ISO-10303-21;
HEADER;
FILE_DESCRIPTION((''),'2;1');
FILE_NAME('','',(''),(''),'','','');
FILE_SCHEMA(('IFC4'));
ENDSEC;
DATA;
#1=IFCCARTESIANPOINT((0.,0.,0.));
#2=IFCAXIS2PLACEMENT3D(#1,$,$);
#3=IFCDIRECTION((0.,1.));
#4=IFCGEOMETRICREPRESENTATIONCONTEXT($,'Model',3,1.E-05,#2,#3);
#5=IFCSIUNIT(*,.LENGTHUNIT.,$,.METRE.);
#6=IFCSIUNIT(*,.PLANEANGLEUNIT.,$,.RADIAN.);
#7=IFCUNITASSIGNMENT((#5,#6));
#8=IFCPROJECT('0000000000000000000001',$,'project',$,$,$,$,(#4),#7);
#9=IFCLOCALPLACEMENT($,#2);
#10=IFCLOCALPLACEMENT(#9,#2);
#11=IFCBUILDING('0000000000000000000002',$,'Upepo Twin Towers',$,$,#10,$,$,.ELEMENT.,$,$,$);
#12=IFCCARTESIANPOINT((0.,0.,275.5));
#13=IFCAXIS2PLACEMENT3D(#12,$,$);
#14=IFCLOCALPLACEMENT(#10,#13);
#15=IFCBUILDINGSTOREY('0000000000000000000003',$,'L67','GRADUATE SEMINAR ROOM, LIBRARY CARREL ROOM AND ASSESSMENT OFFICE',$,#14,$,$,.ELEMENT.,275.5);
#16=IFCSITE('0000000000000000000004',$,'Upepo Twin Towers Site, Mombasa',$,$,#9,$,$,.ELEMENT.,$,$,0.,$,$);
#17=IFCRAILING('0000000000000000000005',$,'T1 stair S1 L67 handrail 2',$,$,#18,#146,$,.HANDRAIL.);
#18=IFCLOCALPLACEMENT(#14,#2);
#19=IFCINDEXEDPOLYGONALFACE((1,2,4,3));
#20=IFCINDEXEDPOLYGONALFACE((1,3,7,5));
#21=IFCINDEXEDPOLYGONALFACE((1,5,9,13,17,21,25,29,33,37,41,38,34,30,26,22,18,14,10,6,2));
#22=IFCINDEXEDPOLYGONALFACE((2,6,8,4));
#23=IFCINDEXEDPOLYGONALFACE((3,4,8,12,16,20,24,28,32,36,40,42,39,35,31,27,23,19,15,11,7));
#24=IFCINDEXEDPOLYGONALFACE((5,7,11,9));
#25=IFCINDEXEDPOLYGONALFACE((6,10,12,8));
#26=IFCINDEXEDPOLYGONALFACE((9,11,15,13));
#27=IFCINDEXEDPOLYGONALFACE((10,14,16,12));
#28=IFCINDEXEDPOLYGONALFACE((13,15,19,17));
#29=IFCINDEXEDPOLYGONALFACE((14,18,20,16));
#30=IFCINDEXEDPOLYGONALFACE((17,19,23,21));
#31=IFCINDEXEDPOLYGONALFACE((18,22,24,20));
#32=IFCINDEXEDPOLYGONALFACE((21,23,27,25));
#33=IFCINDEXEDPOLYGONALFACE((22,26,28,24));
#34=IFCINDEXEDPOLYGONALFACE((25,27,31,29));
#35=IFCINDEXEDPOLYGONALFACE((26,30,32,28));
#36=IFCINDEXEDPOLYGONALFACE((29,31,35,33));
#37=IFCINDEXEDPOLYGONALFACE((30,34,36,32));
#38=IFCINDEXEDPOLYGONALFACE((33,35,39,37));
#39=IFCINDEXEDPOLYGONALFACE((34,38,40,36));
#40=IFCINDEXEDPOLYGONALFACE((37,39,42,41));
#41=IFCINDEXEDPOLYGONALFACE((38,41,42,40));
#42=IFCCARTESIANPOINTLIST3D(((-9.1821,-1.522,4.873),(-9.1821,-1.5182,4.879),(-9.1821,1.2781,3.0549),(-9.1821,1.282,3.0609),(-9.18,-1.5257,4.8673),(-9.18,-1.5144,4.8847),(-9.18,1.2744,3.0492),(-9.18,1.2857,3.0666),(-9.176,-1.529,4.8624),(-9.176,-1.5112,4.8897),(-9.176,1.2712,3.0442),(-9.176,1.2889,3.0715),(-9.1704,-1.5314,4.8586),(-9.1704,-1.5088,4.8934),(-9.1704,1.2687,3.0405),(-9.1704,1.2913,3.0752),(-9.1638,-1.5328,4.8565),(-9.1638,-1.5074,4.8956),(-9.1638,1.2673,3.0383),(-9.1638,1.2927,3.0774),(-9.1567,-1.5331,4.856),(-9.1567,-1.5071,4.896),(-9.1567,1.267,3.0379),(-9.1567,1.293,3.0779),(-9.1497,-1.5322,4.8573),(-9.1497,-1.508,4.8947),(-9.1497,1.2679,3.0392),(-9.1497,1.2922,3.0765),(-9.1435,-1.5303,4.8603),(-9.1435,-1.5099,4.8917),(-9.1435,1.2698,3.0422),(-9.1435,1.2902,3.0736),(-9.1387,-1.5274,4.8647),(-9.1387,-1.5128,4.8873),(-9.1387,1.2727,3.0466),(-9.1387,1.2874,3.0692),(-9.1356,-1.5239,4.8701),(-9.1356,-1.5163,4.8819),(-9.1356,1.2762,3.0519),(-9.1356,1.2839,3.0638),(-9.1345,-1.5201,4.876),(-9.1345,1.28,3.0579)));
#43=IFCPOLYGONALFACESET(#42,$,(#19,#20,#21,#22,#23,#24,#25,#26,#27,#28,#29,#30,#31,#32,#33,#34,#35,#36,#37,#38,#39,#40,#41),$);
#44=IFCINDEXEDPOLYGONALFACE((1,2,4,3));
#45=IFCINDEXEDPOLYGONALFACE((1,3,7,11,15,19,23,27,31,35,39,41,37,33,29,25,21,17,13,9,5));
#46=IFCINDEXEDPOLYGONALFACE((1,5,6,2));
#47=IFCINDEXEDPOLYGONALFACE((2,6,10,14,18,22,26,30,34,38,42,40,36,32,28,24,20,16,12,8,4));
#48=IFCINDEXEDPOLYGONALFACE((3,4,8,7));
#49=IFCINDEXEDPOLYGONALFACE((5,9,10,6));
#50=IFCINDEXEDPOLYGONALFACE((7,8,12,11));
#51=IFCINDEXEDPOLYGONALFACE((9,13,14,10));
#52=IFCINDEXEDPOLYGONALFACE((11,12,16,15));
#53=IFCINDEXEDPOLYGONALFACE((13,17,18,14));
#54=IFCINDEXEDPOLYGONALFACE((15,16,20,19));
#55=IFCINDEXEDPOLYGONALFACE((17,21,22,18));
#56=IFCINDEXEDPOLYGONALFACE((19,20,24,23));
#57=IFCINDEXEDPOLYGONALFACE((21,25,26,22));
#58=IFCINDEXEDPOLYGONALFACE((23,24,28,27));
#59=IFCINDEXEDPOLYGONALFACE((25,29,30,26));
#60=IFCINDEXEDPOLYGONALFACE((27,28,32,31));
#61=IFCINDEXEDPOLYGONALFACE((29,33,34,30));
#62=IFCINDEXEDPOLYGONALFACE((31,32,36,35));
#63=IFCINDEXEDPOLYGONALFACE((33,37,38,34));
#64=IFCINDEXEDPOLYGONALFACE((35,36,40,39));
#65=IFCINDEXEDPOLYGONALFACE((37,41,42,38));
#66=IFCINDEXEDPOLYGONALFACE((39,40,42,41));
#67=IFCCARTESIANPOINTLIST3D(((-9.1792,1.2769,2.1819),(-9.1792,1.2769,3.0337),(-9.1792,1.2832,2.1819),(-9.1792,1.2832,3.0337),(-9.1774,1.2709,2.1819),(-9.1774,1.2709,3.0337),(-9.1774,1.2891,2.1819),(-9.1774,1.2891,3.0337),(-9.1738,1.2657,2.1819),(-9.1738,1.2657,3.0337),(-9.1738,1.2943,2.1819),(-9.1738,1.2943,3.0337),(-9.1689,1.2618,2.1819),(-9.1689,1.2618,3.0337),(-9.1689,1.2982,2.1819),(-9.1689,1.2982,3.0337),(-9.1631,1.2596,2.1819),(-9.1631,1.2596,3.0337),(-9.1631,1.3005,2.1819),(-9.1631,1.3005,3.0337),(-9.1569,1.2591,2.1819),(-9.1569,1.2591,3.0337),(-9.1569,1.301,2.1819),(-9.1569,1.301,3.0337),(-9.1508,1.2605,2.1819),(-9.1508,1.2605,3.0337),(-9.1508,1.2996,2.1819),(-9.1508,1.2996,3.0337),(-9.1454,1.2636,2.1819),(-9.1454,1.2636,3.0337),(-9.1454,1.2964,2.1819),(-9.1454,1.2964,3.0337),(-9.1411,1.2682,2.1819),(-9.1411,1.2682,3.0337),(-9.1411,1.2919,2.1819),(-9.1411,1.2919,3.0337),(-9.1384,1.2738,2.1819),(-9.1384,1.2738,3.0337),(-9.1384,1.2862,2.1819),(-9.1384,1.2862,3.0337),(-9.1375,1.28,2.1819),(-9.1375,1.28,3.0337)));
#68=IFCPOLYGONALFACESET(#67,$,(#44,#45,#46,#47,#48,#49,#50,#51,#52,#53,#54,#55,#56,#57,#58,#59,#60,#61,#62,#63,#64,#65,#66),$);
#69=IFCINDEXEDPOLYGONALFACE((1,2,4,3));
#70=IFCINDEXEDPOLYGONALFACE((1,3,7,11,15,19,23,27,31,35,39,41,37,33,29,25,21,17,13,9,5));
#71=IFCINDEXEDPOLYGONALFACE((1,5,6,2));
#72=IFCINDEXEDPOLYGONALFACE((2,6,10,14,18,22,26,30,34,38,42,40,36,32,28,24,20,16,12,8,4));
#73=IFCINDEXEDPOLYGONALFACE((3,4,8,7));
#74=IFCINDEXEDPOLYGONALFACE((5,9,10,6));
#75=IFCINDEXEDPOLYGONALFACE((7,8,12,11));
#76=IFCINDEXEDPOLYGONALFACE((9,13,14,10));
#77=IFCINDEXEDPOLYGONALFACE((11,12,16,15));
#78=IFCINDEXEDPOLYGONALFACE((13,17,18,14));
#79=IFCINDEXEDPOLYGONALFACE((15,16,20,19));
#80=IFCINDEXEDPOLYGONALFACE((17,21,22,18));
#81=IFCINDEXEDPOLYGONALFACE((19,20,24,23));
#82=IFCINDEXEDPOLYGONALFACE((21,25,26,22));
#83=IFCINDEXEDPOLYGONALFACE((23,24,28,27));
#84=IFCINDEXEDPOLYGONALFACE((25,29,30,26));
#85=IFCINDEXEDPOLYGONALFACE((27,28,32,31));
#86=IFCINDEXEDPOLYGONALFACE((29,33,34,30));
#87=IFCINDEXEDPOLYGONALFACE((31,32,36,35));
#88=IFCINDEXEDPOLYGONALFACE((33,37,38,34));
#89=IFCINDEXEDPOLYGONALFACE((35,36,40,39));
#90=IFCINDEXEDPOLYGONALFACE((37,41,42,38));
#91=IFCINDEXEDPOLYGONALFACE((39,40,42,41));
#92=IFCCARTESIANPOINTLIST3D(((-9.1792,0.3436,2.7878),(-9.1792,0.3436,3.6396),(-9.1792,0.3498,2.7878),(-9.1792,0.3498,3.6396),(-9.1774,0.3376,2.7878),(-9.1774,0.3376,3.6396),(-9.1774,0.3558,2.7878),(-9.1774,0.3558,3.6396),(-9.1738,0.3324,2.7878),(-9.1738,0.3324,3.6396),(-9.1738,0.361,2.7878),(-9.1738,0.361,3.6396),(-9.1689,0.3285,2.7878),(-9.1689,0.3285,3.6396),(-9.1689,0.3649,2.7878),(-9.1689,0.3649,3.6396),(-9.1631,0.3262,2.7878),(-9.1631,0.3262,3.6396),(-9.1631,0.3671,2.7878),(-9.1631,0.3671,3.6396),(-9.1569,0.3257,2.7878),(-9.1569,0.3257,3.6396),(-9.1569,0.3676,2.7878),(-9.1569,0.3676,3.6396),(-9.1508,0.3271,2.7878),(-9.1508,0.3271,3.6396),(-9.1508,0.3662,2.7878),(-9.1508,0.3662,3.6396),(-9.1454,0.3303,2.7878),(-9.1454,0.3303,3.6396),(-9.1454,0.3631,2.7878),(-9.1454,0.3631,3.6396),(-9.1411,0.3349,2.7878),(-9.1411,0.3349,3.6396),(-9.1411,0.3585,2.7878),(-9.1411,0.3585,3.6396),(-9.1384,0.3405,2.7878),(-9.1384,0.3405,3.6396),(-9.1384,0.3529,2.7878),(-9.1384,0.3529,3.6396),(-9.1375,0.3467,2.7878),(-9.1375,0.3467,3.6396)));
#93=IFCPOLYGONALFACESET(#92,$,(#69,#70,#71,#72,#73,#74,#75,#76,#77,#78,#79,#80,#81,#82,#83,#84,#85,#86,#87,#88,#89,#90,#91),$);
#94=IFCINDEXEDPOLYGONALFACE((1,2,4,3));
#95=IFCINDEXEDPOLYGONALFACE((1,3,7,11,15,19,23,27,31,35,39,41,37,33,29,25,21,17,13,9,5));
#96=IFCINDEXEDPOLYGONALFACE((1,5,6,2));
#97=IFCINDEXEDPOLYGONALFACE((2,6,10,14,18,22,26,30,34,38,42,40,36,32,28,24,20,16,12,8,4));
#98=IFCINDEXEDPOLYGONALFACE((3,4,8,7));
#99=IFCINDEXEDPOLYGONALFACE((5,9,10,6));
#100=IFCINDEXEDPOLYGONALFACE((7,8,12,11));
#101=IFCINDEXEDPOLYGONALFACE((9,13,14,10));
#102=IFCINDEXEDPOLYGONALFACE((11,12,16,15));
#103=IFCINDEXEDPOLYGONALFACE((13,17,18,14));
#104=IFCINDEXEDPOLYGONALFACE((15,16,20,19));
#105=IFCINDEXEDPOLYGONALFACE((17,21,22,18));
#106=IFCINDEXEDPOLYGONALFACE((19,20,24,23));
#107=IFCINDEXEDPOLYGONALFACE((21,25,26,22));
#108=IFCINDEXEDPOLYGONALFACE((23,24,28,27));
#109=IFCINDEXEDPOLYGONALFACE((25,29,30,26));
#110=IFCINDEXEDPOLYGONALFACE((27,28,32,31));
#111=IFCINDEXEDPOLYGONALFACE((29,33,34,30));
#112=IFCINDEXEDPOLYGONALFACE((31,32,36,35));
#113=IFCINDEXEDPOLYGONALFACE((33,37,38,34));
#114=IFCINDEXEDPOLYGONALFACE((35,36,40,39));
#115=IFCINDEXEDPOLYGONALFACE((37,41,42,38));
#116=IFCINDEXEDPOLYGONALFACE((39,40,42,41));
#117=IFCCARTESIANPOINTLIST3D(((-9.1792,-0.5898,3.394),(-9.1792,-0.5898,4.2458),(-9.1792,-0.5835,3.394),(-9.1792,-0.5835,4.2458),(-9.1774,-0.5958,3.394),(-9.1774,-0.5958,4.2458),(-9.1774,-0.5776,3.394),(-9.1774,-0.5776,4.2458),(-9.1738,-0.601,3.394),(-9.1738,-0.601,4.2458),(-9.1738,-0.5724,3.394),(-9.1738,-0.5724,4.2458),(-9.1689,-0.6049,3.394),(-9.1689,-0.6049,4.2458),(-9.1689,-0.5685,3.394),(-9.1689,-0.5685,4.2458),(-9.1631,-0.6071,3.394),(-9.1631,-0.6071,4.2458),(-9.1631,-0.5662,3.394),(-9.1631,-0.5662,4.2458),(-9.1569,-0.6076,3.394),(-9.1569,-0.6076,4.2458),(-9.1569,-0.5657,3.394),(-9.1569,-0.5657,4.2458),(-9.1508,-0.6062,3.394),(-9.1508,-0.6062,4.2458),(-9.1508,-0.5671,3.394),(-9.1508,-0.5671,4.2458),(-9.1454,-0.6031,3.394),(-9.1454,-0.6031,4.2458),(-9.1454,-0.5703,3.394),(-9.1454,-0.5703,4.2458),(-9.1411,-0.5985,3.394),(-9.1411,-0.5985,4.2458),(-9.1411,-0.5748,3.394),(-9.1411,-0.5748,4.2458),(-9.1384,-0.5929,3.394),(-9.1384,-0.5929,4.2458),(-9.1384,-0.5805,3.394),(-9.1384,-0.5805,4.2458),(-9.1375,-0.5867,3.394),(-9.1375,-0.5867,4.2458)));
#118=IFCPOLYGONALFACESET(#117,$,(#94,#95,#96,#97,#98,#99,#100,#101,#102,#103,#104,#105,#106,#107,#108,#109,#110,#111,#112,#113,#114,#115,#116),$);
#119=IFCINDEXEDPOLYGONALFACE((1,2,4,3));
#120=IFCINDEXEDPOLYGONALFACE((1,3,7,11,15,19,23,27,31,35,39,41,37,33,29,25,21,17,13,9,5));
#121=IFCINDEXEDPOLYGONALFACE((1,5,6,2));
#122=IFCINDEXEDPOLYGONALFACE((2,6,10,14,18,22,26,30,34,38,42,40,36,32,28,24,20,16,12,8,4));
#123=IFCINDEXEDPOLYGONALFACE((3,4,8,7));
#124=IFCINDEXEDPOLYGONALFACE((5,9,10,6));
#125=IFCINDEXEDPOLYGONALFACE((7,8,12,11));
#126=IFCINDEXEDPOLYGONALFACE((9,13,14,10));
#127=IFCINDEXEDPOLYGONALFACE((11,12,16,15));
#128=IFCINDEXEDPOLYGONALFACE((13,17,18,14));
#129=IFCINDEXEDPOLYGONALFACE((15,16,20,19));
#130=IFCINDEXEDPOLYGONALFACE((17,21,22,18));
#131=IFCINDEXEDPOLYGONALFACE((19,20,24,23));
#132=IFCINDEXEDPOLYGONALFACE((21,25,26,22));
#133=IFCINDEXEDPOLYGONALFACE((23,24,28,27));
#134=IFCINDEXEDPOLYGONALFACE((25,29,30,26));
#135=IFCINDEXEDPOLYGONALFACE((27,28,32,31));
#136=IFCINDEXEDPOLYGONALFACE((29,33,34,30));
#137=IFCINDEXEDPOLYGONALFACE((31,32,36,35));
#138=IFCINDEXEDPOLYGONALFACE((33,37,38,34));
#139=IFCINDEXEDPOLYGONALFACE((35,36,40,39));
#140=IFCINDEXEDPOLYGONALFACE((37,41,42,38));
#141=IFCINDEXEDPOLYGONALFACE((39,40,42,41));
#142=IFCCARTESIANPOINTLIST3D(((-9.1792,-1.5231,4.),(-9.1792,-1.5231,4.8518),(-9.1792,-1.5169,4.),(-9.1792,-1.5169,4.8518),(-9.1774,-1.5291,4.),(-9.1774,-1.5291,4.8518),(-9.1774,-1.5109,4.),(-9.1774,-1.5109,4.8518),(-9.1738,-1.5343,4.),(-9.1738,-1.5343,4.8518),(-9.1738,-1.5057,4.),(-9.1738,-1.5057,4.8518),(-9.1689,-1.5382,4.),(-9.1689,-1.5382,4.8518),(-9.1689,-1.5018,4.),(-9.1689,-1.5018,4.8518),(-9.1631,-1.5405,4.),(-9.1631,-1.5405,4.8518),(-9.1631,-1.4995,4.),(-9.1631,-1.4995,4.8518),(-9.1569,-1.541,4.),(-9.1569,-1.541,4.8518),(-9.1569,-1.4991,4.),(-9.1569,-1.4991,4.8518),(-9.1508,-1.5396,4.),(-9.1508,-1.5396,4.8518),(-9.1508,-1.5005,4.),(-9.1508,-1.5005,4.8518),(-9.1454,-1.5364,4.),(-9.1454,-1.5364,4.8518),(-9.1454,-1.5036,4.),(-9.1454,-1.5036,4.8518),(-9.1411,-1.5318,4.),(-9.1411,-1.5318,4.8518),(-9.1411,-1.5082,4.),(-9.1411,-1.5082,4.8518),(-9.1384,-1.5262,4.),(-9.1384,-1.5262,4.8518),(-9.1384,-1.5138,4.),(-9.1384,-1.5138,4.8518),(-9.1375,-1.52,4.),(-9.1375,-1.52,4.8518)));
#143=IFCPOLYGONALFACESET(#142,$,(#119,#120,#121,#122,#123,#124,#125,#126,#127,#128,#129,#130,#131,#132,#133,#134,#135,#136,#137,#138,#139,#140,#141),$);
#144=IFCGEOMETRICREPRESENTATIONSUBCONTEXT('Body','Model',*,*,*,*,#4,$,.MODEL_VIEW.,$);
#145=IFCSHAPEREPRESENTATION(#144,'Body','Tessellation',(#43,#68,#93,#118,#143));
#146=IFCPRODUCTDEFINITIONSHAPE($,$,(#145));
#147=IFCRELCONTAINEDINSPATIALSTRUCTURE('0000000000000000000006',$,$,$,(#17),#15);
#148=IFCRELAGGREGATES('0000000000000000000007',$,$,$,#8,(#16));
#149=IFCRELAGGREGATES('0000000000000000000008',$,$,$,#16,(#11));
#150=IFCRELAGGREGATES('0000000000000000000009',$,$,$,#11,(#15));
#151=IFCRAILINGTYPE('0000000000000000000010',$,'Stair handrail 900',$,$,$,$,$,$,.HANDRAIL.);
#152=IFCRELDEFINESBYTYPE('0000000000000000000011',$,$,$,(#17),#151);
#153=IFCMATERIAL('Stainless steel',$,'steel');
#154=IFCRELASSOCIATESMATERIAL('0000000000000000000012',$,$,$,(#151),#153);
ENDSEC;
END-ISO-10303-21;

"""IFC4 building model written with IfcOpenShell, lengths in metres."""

from ifc_helpers import new_model, si_unit, direction, frame, origin, origin_2d, place, context, subcontext, project, spatial, circle, extrude, material, type_object, element, save


model = new_model("IFC4")

# Units and contexts
model_context = context("Model", 3, precision=1e-05, world=origin(), true_north=direction((0.0, 1.0)))
body_context = subcontext(model_context, "Body", "Model", "MODEL_VIEW")
ifc_project = project(units=[si_unit("LENGTHUNIT", "METRE"), si_unit("PLANEANGLEUNIT", "RADIAN")], contexts=[model_context])

# Site, building, storey
site_placement = place(None, origin())
site = spatial("IfcSite", under=ifc_project, at=site_placement, Name="Upepo Twin Towers Site, Mombasa", CompositionType="ELEMENT", RefElevation=0.0)
building_placement = place(site_placement, origin())
building = spatial("IfcBuilding", under=site, at=building_placement, Name="Upepo Twin Towers", CompositionType="ELEMENT")
storey_placement = place(building_placement, frame((0.0, 0.0, 275.5)))
storey = spatial("IfcBuildingStorey", under=building, at=storey_placement, Name="L67", Description="GRADUATE SEMINAR ROOM, LIBRARY CARREL ROOM AND ASSESSMENT OFFICE", CompositionType="ELEMENT", Elevation=275.5)

# Railing
ifc_material_1 = material(Name="Stainless steel", Category="steel")
railing_type = type_object("IfcRailingType", Name="Stair handrail 900", PredefinedType="HANDRAIL", material=ifc_material_1)
railing_placement = place(storey_placement, frame((-9.1584, 1.28, 2.1819)))
element("IfcRailing", 1, at=railing_placement, inside=storey, type_object=railing_type, Name="T1 stair S1 L67 handrail 2", PredefinedType="HANDRAIL", context=body_context, shape_type="SweptSolid", body=[
    extrude(circle(Radius=0.0239, at=origin_2d()), frame((0.0, 0.0, 0.876), z_axis=(0.0, -0.838706, 0.544585), x_axis=(1.0, 0.0, 0.0)), (0.0, 0.0, 1.0), 3.3386),
    extrude(circle(Radius=0.021, at=origin_2d()), origin(), (0.0, 0.0, 1.0), 0.8518),
    extrude(circle(Radius=0.021, at=origin_2d()), frame((0.0, -0.9333, 0.606)), (0.0, 0.0, 1.0), 0.8518),
    extrude(circle(Radius=0.021, at=origin_2d()), frame((0.0, -1.8667, 1.2122)), (0.0, 0.0, 1.0), 0.8518),
    extrude(circle(Radius=0.021, at=origin_2d()), frame((0.0, -2.8, 1.8181)), (0.0, 0.0, 1.0), 0.8518),
])

save(model, "model.ifc")
